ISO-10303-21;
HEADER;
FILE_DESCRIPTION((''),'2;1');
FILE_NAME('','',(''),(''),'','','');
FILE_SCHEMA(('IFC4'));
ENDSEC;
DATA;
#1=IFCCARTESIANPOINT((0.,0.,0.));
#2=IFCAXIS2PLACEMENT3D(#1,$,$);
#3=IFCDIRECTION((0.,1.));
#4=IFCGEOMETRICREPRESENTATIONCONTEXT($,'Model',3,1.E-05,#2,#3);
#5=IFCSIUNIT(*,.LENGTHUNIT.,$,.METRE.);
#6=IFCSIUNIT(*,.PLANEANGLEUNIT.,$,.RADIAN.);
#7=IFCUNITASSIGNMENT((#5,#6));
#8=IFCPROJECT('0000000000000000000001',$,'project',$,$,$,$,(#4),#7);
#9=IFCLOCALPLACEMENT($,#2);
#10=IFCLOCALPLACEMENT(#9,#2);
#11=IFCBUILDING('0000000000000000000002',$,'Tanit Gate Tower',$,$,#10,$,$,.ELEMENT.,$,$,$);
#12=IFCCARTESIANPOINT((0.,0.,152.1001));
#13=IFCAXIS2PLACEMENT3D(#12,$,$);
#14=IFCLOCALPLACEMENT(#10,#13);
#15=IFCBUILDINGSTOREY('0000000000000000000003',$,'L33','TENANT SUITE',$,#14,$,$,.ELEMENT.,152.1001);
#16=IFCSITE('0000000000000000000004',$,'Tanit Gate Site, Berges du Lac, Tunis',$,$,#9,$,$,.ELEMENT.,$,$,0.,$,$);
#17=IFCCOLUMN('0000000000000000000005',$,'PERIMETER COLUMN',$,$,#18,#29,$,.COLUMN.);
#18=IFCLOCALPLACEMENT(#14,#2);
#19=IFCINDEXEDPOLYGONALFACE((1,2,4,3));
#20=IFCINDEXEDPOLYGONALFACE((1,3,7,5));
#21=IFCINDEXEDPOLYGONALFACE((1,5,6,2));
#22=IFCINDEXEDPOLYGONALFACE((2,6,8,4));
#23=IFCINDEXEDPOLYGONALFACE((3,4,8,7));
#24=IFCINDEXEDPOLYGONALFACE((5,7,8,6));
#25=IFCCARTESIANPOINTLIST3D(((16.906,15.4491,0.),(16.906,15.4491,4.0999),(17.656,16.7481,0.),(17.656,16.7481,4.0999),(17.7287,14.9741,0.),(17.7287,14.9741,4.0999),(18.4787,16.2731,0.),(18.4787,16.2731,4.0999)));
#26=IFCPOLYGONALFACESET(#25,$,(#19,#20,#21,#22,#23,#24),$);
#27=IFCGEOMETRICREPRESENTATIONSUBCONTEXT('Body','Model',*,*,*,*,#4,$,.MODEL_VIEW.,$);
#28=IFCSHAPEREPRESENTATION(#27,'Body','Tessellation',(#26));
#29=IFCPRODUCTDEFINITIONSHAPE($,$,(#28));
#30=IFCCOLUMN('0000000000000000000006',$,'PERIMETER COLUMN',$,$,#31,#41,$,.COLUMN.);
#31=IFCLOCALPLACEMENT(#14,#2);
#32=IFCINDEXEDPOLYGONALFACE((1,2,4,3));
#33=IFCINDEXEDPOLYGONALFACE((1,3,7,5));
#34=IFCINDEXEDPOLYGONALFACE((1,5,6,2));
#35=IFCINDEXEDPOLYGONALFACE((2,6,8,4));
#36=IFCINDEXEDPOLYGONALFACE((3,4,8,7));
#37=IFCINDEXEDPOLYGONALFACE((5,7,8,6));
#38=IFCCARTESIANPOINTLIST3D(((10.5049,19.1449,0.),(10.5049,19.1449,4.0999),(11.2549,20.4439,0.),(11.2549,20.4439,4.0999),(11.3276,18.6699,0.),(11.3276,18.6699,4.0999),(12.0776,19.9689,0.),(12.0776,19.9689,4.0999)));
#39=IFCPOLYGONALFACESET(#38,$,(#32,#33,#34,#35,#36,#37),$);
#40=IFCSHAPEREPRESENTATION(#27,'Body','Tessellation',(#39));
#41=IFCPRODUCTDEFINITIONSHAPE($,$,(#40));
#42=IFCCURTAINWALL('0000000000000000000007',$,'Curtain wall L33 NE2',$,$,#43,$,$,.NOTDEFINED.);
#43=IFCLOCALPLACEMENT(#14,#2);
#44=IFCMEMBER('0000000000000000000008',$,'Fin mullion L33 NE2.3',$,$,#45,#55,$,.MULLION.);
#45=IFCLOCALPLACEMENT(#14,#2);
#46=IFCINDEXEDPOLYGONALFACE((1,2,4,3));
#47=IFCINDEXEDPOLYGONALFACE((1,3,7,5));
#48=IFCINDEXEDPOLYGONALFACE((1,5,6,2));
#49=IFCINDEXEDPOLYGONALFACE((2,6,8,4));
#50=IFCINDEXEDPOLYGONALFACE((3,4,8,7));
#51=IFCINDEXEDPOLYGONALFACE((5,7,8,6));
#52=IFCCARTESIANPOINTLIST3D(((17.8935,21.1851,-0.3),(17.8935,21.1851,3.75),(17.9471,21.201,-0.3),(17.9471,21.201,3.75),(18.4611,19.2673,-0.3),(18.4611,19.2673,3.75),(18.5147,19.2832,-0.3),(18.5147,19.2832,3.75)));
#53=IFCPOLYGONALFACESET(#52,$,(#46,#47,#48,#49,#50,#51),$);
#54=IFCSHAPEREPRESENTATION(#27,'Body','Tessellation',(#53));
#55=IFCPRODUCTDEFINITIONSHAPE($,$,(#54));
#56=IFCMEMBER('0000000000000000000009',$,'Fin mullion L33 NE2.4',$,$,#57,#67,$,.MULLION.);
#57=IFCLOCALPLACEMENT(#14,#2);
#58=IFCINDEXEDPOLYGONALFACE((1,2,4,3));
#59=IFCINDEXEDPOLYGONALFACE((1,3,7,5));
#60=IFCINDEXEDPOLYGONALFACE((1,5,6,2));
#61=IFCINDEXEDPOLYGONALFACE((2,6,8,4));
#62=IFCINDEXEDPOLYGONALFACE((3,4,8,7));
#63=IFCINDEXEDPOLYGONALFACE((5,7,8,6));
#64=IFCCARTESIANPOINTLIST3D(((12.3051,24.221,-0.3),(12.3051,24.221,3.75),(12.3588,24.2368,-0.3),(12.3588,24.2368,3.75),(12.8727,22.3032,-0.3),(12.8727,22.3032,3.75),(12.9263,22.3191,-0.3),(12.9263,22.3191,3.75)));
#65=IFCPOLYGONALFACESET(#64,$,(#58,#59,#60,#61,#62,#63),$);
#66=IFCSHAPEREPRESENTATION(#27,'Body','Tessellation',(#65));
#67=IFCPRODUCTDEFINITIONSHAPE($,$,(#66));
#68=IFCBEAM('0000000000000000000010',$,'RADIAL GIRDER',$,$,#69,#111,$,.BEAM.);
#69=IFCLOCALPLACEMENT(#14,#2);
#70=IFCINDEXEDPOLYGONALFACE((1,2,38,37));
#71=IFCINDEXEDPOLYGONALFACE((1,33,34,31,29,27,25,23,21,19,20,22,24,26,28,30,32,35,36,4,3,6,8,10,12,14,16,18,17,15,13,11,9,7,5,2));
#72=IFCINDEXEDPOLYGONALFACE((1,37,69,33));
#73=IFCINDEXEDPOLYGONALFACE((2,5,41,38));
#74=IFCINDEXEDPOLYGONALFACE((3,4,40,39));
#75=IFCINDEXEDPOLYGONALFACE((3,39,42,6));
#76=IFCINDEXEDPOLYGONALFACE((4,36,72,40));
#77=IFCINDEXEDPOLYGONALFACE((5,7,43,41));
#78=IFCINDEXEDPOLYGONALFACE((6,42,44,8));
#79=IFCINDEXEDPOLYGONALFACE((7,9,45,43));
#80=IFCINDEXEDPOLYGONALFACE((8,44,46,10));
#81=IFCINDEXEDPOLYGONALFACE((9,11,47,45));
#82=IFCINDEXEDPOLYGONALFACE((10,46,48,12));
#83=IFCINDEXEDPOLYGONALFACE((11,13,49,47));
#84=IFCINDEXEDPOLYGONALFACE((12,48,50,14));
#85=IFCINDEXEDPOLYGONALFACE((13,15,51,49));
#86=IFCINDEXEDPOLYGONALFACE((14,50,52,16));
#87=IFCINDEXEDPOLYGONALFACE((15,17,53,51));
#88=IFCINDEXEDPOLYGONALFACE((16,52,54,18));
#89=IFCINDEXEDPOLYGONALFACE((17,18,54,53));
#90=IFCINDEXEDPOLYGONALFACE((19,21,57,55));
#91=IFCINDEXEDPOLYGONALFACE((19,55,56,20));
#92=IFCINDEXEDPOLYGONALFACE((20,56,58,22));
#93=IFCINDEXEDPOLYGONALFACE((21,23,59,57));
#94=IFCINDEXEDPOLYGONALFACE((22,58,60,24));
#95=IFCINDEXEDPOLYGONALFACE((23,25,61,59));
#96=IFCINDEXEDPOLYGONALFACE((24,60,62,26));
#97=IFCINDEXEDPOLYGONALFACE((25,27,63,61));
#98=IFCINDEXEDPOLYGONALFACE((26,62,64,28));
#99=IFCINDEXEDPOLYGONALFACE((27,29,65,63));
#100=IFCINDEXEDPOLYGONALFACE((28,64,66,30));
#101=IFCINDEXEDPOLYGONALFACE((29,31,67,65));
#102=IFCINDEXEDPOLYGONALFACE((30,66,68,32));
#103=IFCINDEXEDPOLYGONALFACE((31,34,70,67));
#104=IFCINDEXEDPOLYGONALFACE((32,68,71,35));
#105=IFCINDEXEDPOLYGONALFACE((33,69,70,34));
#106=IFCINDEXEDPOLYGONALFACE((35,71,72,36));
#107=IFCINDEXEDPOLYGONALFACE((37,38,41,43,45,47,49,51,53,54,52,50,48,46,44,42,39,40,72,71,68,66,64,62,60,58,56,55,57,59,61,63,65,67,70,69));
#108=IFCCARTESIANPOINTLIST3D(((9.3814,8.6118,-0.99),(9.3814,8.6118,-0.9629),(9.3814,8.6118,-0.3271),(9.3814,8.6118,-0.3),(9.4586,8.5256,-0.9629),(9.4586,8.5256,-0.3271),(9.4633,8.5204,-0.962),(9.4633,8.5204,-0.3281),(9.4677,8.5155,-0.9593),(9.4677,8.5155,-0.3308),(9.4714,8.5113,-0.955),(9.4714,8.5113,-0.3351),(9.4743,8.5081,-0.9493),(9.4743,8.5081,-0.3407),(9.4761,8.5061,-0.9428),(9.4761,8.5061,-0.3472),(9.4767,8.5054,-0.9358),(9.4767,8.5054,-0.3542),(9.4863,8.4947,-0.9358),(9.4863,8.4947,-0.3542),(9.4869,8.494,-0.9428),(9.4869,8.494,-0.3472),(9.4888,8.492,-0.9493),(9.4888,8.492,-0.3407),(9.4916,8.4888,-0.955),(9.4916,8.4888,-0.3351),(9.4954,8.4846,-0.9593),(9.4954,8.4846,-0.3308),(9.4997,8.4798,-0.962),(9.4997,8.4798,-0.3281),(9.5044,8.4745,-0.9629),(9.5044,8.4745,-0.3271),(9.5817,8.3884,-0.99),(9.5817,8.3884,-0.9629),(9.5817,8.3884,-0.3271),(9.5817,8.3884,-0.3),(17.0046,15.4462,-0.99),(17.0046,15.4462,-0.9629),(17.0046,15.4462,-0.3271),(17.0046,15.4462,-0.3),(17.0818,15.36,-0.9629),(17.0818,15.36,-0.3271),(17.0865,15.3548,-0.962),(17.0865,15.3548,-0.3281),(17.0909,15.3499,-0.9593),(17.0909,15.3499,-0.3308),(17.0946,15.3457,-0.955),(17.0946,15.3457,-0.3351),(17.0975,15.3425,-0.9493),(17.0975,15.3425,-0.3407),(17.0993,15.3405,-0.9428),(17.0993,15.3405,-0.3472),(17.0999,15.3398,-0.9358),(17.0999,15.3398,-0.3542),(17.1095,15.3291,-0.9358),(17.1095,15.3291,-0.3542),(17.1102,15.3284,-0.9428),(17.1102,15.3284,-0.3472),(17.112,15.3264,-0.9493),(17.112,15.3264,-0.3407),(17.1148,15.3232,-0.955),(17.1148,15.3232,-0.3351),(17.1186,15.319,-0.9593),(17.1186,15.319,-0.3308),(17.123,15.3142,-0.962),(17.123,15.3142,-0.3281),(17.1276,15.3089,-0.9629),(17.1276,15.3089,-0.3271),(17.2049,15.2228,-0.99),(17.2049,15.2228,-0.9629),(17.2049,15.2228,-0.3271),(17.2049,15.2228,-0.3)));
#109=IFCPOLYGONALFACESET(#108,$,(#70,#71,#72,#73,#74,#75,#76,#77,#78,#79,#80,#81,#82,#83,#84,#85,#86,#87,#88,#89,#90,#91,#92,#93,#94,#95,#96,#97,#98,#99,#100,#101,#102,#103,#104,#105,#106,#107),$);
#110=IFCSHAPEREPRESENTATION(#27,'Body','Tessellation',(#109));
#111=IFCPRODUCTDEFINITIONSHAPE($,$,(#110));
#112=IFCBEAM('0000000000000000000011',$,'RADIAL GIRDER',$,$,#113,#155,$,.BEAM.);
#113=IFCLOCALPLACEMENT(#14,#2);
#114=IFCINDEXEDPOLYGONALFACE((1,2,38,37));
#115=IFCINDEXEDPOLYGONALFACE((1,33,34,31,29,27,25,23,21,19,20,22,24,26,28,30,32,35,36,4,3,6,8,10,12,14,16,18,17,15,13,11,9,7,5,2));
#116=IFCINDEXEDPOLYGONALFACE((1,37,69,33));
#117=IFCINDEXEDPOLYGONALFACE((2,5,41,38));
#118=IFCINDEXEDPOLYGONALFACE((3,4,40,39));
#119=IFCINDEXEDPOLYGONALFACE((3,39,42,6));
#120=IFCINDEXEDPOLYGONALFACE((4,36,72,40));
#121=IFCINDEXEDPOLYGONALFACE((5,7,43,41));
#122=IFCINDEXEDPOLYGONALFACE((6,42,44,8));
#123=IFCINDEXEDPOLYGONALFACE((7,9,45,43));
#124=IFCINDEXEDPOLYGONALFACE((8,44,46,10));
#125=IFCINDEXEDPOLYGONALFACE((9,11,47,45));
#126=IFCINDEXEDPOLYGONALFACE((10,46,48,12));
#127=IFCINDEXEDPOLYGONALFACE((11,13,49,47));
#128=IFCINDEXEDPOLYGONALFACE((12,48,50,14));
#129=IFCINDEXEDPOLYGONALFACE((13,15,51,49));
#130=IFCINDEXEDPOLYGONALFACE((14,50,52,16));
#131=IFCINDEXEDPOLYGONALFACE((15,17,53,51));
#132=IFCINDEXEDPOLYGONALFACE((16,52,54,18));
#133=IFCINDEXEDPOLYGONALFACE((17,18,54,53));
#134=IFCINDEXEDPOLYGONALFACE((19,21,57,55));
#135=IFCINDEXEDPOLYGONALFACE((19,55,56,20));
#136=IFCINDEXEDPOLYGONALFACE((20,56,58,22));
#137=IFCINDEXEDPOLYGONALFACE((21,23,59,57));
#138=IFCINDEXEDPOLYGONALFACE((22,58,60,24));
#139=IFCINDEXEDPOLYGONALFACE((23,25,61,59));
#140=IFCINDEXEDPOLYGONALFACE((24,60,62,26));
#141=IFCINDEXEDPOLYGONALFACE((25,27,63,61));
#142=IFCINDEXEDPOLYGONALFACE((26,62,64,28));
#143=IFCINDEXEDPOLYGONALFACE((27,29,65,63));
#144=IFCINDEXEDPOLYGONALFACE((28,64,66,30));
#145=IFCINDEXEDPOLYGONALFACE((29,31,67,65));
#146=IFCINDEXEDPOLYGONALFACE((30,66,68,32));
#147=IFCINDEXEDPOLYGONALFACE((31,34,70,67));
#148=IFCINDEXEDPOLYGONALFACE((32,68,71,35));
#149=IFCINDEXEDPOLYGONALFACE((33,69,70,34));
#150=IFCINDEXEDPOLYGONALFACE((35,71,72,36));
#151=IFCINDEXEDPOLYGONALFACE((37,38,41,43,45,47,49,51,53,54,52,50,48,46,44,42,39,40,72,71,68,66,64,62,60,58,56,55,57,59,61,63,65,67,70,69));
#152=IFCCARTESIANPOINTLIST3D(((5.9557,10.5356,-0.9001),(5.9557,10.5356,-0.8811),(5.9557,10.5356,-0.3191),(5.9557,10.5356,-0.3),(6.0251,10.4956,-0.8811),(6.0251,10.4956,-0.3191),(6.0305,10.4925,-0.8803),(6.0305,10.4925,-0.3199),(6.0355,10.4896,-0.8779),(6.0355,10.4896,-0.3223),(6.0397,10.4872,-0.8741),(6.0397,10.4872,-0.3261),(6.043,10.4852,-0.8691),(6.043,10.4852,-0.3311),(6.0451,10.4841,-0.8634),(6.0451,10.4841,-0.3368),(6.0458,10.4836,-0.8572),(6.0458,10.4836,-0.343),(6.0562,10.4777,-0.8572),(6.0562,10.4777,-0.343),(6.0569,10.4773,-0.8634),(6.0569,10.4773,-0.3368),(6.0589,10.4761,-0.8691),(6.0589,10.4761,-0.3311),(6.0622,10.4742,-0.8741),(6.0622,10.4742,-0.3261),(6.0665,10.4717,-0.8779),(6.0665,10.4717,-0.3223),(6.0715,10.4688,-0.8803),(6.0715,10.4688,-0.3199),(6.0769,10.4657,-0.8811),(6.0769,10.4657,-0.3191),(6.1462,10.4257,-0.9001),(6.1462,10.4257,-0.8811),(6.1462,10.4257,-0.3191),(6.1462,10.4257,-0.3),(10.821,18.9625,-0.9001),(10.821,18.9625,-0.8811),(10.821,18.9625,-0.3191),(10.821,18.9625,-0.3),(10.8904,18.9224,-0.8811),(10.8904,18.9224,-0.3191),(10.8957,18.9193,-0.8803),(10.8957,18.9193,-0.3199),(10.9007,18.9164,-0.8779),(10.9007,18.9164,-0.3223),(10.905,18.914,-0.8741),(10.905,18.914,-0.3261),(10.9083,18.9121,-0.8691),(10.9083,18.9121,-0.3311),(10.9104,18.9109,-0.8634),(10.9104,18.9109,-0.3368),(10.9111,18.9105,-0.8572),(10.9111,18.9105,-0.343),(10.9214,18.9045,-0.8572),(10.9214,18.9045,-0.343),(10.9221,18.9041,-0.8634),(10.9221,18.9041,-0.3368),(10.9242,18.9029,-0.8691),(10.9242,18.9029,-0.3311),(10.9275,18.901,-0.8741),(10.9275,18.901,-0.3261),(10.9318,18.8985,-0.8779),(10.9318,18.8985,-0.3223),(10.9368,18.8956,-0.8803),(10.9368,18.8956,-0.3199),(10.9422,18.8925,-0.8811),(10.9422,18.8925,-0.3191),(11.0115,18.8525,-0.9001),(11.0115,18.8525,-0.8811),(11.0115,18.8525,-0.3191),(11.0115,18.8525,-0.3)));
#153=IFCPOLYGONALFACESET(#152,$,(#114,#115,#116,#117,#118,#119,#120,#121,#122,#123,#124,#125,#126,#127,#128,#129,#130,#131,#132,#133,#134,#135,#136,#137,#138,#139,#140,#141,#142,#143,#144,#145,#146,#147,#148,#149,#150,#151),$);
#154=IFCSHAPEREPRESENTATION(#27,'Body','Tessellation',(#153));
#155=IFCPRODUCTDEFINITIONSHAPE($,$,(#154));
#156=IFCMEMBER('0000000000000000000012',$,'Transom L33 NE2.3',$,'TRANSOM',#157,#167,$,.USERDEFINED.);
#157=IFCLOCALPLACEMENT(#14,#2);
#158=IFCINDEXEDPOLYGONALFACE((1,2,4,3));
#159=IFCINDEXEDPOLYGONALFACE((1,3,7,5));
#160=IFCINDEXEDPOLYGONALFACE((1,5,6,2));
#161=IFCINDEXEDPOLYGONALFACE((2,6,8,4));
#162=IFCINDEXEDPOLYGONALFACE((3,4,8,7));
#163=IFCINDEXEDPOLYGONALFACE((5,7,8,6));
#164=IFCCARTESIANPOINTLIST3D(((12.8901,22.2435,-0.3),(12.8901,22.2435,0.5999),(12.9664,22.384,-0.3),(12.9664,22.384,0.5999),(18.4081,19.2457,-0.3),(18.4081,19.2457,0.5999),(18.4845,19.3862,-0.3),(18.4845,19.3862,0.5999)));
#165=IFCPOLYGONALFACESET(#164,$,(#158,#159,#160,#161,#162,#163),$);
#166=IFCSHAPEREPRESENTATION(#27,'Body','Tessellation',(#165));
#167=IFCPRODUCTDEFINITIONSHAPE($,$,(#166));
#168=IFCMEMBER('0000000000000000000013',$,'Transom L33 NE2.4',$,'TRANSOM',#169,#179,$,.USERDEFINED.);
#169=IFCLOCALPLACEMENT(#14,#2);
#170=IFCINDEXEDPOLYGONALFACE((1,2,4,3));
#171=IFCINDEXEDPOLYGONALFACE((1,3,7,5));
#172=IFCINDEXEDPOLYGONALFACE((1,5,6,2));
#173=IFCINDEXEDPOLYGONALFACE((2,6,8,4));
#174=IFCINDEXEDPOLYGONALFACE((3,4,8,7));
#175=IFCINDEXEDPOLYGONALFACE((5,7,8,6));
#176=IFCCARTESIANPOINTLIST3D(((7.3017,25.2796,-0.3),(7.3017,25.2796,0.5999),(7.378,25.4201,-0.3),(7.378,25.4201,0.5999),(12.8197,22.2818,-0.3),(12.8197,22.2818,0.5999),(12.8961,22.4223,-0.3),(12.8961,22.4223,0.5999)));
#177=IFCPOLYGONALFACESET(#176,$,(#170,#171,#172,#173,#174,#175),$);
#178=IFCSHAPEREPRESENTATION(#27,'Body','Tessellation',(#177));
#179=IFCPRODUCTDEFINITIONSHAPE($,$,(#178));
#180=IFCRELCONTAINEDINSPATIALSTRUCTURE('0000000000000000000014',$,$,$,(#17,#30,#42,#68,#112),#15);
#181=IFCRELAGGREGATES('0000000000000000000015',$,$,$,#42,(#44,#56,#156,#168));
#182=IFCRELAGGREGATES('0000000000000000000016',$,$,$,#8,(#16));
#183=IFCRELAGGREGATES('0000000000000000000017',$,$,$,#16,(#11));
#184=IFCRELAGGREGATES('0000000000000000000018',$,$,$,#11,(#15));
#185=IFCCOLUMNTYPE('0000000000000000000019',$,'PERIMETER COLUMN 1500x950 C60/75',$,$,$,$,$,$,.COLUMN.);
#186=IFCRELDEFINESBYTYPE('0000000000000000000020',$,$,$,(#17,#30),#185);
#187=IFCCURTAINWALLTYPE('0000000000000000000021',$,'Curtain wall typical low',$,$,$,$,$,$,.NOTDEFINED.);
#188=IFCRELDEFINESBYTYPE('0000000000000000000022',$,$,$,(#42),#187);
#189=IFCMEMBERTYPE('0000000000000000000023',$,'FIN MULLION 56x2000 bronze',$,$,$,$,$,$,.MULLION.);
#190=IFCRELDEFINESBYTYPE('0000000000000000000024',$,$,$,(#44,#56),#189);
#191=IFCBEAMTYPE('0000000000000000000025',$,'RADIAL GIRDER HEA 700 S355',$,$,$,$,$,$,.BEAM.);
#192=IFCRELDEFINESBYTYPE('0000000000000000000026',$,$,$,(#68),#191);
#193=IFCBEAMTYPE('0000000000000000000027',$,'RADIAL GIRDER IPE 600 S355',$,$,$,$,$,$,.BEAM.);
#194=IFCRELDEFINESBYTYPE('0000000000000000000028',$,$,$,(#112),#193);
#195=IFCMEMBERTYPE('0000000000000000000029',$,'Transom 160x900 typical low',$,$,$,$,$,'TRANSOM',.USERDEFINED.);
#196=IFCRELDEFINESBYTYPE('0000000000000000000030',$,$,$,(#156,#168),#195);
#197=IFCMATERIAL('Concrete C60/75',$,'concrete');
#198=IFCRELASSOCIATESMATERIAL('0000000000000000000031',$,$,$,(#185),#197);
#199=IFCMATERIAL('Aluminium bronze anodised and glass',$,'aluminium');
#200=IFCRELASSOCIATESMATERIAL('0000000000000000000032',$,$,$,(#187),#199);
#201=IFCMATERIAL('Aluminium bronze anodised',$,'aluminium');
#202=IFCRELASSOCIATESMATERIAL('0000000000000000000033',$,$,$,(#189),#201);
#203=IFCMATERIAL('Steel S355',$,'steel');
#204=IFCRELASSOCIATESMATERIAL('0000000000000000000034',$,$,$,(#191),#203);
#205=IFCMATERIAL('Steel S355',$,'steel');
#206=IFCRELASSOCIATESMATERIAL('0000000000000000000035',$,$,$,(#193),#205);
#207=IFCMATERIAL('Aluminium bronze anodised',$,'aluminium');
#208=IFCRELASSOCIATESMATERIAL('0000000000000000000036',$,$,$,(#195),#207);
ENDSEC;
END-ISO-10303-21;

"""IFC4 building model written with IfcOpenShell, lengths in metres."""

from ifc_helpers import new_model, si_unit, direction, frame, origin, origin_2d, place, context, subcontext, project, spatial, rectangle, i_section, extrude, material, material_profile, profile_set, type_object, element, aggregate, save


model = new_model("IFC4")

# Units and contexts
model_context = context("Model", 3, precision=1e-05, world=origin(), true_north=direction((0.0, 1.0)))
body_context = subcontext(model_context, "Body", "Model", "MODEL_VIEW")
ifc_project = project(units=[si_unit("LENGTHUNIT", "METRE"), si_unit("PLANEANGLEUNIT", "RADIAN")], contexts=[model_context])

# Site, building, storey
site_placement = place(None, origin())
site = spatial("IfcSite", under=ifc_project, at=site_placement, Name="Tanit Gate Site, Berges du Lac, Tunis", CompositionType="ELEMENT", RefElevation=0.0)
building_placement = place(site_placement, origin())
building = spatial("IfcBuilding", under=site, at=building_placement, Name="Tanit Gate Tower", CompositionType="ELEMENT")
storey_placement = place(building_placement, frame((0.0, 0.0, 152.1001)))
storey = spatial("IfcBuildingStorey", under=building, at=storey_placement, Name="L33", Description="TENANT SUITE", CompositionType="ELEMENT", Elevation=152.1001)

# Columns
ifc_material_1 = material(Name="Concrete C60/75", Category="concrete")
ifc_material_profile_1 = material_profile(ifc_material_1, rectangle(XDim=1.5, YDim=0.95, at=origin_2d()), Name="RC 1500x950")
ifc_profile_set_1 = profile_set([ifc_material_profile_1], Name="Concrete C60/75")
column_type = type_object("IfcColumnType", Name="PERIMETER COLUMN 1500x950 C60/75", PredefinedType="COLUMN", material=ifc_profile_set_1)
for number, where, z_axis, x_axis, name in (
    (1, (17.6924, 15.8611, 0.0), (0.0, 0.0, 1.0), (0.5, 0.866025, 0.0), "PERIMETER COLUMN"),
    (2, (11.2913, 19.5569, 0.0), (0.0, 0.0, 1.0), (0.5, 0.866025, 0.0), "PERIMETER COLUMN"),
):
    element("IfcColumn", number, at=place(storey_placement, frame(where, z_axis=z_axis, x_axis=x_axis)), inside=storey, type_object=column_type, Name=name, PredefinedType="COLUMN", context=body_context, shape_type="SweptSolid", body=[
        extrude(rectangle(XDim=1.5, YDim=0.95, at=origin_2d()), origin(), (0.0, 0.0, 1.0), 4.0999),
    ])

# Curtain wall, members
ifc_material_2 = material(Name="Aluminium bronze anodised and glass", Category="aluminium")
curtain_wall_type = type_object("IfcCurtainWallType", Name="Curtain wall typical low", PredefinedType="NOTDEFINED", material=ifc_material_2)
curtain_wall_placement = place(storey_placement, origin())
curtain_wall = element("IfcCurtainWall", 3, at=curtain_wall_placement, inside=storey, type_object=curtain_wall_type, Name="Curtain wall L33 NE2", PredefinedType="NOTDEFINED")
ifc_material_3 = material(Name="Aluminium bronze anodised", Category="aluminium")
ifc_material_profile_2 = material_profile(ifc_material_3, rectangle(XDim=2.0, YDim=0.0559, at=origin_2d()), Name="56x2000 bronze fin mullion")
ifc_profile_set_2 = profile_set([ifc_material_profile_2], Name="Aluminium bronze anodised")
member_type_1 = type_object("IfcMemberType", Name="FIN MULLION 56x2000 bronze", PredefinedType="MULLION", material=ifc_profile_set_2)
member_1_placement = place(storey_placement, frame((18.2041, 20.2341, -0.3), z_axis=(0.0, 0.0, 1.0), x_axis=(0.283773, -0.958892, 0.0)))
member_1 = element("IfcMember", 4, at=member_1_placement, type_object=member_type_1, Name="Fin mullion L33 NE2.3", PredefinedType="MULLION", context=body_context, shape_type="SweptSolid", body=[
    extrude(rectangle(XDim=2.0, YDim=0.0559, at=origin_2d()), origin(), (0.0, 0.0, 1.0), 4.05),
])
member_2_placement = place(storey_placement, frame((12.6157, 23.27, -0.3), z_axis=(0.0, 0.0, 1.0), x_axis=(0.283773, -0.958892, 0.0)))
member_2 = element("IfcMember", 5, at=member_2_placement, type_object=member_type_1, Name="Fin mullion L33 NE2.4", PredefinedType="MULLION", context=body_context, shape_type="SweptSolid", body=[
    extrude(rectangle(XDim=2.0, YDim=0.0559, at=origin_2d()), origin(), (0.0, 0.0, 1.0), 4.05),
])

# Beams
ifc_material_4 = material(Name="Steel S355", Category="steel")
ifc_material_profile_3 = material_profile(ifc_material_4, i_section(OverallWidth=0.3, OverallDepth=0.6899, WebThickness=0.0144, FlangeThickness=0.0271, FilletRadius=0.0271, at=origin_2d()), Name="HEA 700")
ifc_profile_set_3 = profile_set([ifc_material_profile_3], Name="Steel S355")
beam_type_1 = type_object("IfcBeamType", Name="RADIAL GIRDER HEA 700 S355", PredefinedType="BEAM", material=ifc_profile_set_3)
beam_1_placement = place(storey_placement, frame((17.1047, 15.3345, -0.645), z_axis=(-0.744579, -0.667534, 0.0), x_axis=(0.667534, -0.744579, 0.0)))
element("IfcBeam", 6, at=beam_1_placement, inside=storey, type_object=beam_type_1, Name="RADIAL GIRDER", PredefinedType="BEAM", context=body_context, shape_type="SweptSolid", body=[
    extrude(i_section(OverallWidth=0.3, OverallDepth=0.6899, WebThickness=0.0144, FlangeThickness=0.0271, FilletRadius=0.0271, at=origin_2d()), origin(), (0.0, 0.0, 1.0), 10.2383),
])
ifc_material_5 = material(Name="Steel S355", Category="steel")
ifc_material_profile_4 = material_profile(ifc_material_5, i_section(OverallWidth=0.22, OverallDepth=0.6001, WebThickness=0.012, FlangeThickness=0.019, FilletRadius=0.0239, at=origin_2d()), Name="IPE 600")
ifc_profile_set_4 = profile_set([ifc_material_profile_4], Name="Steel S355")
beam_type_2 = type_object("IfcBeamType", Name="RADIAL GIRDER IPE 600 S355", PredefinedType="BEAM", material=ifc_profile_set_4)
beam_2_placement = place(storey_placement, frame((10.9163, 18.9075, -0.6001), z_axis=(-0.500003, -0.866023, 0.0), x_axis=(0.866023, -0.500003, 0.0)))
element("IfcBeam", 7, at=beam_2_placement, inside=storey, type_object=beam_type_2, Name="RADIAL GIRDER", PredefinedType="BEAM", context=body_context, shape_type="SweptSolid", body=[
    extrude(i_section(OverallWidth=0.22, OverallDepth=0.6001, WebThickness=0.012, FlangeThickness=0.019, FilletRadius=0.0239, at=origin_2d()), origin(), (0.0, 0.0, 1.0), 9.7305),
])

# Members
ifc_material_6 = material(Name="Aluminium bronze anodised", Category="aluminium")
ifc_material_profile_5 = material_profile(ifc_material_6, rectangle(XDim=0.1599, YDim=0.8999, at=origin_2d()), Name="160x900 bronze transom")
ifc_profile_set_5 = profile_set([ifc_material_profile_5], Name="Aluminium bronze anodised")
member_type_2 = type_object("IfcMemberType", Name="Transom 160x900 typical low", ElementType="TRANSOM", PredefinedType="USERDEFINED", material=ifc_profile_set_5)
member_3_placement = place(storey_placement, frame((18.4463, 19.3159, 0.1499), z_axis=(-0.878701, 0.477372, 0.0), x_axis=(-0.477372, -0.878701, 0.0)))
member_3 = element("IfcMember", 8, at=member_3_placement, type_object=member_type_2, Name="Transom L33 NE2.3", ObjectType="TRANSOM", PredefinedType="USERDEFINED", context=body_context, shape_type="SweptSolid", body=[
    extrude(rectangle(XDim=0.1599, YDim=0.8999, at=origin_2d()), origin(), (0.0, 0.0, 1.0), 6.2798),
])
member_4_placement = place(storey_placement, frame((12.8579, 22.3521, 0.1499), z_axis=(-0.878701, 0.477372, 0.0), x_axis=(-0.477372, -0.878701, 0.0)))
member_4 = element("IfcMember", 9, at=member_4_placement, type_object=member_type_2, Name="Transom L33 NE2.4", ObjectType="TRANSOM", PredefinedType="USERDEFINED", context=body_context, shape_type="SweptSolid", body=[
    extrude(rectangle(XDim=0.1599, YDim=0.8999, at=origin_2d()), origin(), (0.0, 0.0, 1.0), 6.2798),
])

aggregate(curtain_wall, [member_1, member_2, member_3, member_4])

save(model, "model.ifc")
